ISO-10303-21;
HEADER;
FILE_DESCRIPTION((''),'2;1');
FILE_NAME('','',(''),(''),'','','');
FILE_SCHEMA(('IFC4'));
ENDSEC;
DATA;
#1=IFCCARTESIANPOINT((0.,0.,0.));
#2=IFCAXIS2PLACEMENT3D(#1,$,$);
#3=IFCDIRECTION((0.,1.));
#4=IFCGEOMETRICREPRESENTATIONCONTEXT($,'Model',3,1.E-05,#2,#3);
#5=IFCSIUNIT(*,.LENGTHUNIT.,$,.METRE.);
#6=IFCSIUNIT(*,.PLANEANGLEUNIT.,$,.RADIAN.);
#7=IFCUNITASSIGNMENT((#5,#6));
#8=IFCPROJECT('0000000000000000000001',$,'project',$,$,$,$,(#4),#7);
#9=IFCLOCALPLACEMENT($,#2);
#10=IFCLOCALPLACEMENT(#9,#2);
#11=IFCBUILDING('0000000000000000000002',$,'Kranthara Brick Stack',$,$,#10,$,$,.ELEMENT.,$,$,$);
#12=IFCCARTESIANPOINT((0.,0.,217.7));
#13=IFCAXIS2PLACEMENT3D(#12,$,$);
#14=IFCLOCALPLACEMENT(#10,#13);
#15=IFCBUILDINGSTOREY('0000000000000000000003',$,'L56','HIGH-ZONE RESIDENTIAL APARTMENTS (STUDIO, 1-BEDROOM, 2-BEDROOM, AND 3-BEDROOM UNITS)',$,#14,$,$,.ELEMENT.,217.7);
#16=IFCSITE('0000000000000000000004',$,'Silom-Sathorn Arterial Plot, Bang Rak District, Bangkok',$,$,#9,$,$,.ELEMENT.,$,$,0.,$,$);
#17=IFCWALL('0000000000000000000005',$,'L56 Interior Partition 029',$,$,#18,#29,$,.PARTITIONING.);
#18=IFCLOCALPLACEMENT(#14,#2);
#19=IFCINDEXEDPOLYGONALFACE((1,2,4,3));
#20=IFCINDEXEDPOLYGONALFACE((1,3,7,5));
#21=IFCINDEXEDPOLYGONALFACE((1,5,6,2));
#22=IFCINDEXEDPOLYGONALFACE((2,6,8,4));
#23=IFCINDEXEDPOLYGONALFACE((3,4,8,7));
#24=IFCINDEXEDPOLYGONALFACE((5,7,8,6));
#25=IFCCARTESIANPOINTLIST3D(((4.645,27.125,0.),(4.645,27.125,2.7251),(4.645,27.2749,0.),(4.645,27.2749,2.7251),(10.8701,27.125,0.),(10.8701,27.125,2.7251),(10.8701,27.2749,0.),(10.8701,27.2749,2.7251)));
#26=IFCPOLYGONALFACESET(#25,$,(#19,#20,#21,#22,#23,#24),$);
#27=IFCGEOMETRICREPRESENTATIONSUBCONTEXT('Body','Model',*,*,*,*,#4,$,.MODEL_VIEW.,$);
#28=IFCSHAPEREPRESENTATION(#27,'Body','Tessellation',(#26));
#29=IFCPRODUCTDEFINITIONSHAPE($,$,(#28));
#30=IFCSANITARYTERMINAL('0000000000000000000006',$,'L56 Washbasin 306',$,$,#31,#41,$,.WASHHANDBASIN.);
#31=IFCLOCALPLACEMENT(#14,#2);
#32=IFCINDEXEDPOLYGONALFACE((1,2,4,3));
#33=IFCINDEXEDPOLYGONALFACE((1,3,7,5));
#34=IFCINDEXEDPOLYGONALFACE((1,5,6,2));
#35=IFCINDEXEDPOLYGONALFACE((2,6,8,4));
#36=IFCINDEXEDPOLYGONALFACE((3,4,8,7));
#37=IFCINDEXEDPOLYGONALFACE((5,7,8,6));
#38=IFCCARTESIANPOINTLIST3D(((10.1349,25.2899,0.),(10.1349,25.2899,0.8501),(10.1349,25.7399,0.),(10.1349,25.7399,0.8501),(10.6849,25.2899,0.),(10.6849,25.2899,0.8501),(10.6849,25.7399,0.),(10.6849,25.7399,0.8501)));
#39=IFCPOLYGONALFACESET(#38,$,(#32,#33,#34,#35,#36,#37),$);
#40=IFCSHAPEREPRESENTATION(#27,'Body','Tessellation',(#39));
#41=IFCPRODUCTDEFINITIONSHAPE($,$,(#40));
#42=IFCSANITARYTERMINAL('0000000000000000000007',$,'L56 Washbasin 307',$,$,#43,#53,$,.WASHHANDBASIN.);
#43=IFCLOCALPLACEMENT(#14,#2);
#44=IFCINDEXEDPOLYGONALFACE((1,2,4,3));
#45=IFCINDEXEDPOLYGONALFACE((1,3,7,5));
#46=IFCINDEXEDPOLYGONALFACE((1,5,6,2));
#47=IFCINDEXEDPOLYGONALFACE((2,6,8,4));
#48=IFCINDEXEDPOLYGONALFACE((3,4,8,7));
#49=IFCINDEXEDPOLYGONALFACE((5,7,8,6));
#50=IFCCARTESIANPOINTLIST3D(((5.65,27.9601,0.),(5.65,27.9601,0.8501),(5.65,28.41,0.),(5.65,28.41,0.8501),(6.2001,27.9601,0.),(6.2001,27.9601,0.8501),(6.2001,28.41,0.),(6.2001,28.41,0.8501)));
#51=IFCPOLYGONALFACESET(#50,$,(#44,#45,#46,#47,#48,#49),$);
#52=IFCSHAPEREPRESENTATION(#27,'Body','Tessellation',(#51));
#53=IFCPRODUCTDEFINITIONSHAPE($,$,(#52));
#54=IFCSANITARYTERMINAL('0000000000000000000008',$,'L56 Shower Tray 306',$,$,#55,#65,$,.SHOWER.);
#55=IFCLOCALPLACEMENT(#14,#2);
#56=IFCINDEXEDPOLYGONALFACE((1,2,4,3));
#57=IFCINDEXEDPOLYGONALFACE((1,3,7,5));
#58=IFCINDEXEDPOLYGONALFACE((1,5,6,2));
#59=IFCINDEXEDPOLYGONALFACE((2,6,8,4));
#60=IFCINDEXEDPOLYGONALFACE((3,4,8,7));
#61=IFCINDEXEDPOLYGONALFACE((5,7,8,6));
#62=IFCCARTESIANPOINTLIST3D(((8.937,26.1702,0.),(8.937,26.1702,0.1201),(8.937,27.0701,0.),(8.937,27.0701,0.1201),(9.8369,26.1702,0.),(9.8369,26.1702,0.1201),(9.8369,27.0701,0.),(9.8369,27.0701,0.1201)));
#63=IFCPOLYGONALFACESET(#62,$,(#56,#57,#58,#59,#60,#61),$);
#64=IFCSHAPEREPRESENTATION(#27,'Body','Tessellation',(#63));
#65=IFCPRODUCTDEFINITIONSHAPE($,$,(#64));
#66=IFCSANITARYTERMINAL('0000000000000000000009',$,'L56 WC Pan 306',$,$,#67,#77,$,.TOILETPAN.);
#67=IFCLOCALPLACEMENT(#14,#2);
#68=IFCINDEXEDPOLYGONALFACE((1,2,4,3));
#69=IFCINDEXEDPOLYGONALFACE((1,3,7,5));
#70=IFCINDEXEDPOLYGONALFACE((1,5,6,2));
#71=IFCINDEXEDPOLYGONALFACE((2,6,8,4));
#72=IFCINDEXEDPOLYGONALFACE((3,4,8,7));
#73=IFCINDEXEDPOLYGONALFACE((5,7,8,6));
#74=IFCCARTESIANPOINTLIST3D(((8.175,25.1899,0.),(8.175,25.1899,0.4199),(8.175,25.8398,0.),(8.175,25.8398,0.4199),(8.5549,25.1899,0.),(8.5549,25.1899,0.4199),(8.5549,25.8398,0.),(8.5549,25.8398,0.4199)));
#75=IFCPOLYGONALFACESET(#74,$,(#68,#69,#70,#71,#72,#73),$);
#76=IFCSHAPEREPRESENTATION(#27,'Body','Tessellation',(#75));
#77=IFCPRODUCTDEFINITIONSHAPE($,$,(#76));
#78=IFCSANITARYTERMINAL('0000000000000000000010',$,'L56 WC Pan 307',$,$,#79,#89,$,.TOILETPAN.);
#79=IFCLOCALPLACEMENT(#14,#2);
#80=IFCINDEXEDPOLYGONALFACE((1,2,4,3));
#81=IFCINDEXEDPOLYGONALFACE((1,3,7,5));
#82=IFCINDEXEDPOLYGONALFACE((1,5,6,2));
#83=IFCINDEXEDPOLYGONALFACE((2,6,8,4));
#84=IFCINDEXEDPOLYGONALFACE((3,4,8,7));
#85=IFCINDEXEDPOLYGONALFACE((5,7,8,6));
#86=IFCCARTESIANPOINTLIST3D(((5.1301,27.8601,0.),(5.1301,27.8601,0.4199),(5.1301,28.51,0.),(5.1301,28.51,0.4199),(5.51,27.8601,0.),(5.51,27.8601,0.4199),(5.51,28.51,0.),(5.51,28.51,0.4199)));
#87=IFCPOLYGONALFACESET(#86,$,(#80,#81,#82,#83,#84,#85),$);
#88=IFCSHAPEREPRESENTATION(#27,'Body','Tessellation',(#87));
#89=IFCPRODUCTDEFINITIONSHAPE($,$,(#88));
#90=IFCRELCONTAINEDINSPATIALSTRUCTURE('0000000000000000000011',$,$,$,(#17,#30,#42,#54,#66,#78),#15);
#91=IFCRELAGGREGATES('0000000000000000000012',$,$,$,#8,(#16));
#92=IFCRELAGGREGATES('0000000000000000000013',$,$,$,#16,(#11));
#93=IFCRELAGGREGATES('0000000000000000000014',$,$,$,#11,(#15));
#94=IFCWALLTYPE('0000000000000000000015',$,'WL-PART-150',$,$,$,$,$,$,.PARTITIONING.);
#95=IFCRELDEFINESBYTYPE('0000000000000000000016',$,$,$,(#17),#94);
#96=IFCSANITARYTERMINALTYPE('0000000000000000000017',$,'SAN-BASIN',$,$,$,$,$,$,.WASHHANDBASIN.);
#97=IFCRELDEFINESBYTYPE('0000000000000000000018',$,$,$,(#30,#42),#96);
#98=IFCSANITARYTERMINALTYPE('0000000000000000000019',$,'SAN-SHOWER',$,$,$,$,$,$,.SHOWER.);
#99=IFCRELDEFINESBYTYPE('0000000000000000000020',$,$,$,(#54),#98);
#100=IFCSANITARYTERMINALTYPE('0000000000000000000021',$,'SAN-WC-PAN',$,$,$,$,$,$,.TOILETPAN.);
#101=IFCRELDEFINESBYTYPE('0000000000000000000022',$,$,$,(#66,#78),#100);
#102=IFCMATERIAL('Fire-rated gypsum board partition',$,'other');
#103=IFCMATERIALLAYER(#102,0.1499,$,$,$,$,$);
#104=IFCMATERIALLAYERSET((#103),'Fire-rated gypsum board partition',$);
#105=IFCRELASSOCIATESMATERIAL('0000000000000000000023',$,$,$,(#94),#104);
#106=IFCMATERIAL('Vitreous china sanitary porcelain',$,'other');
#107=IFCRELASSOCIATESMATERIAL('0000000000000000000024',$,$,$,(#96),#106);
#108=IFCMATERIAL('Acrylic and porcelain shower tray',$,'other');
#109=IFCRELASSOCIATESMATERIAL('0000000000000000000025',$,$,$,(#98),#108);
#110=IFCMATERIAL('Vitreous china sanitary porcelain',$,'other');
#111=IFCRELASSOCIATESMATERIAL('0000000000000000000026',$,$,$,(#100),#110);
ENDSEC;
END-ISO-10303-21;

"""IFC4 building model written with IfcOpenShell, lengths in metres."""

from ifc_helpers import new_model, si_unit, direction, frame, frame_2d, origin, origin_2d, place, context, subcontext, project, spatial, rectangle, extrude, material, layer, layer_set, type_object, element, save


model = new_model("IFC4")

# Units and contexts
model_context = context("Model", 3, precision=1e-05, world=origin(), true_north=direction((0.0, 1.0)))
body_context = subcontext(model_context, "Body", "Model", "MODEL_VIEW")
ifc_project = project(units=[si_unit("LENGTHUNIT", "METRE"), si_unit("PLANEANGLEUNIT", "RADIAN")], contexts=[model_context])

# Site, building, storey
site_placement = place(None, origin())
site = spatial("IfcSite", under=ifc_project, at=site_placement, Name="Silom-Sathorn Arterial Plot, Bang Rak District, Bangkok", CompositionType="ELEMENT", RefElevation=0.0)
building_placement = place(site_placement, origin())
building = spatial("IfcBuilding", under=site, at=building_placement, Name="Kranthara Brick Stack", CompositionType="ELEMENT")
storey_placement = place(building_placement, frame((0.0, 0.0, 217.7)))
storey = spatial("IfcBuildingStorey", under=building, at=storey_placement, Name="L56", Description="HIGH-ZONE RESIDENTIAL APARTMENTS (STUDIO, 1-BEDROOM, 2-BEDROOM, AND 3-BEDROOM UNITS)", CompositionType="ELEMENT", Elevation=217.7)

# Wall
ifc_material_1 = material(Name="Fire-rated gypsum board partition", Category="other")
ifc_layer_1 = layer(ifc_material_1, 0.1499)
ifc_layer_set_1 = layer_set([ifc_layer_1], Name="Fire-rated gypsum board partition")
wall_type_1 = type_object("IfcWallType", Name="WL-PART-150", PredefinedType="PARTITIONING", material=ifc_layer_set_1)
wall_1_placement = place(storey_placement, frame((4.645, 27.2, 0.0), z_axis=(0.0, 0.0, 1.0), x_axis=(1.0, 0.0, 0.0)))
element("IfcWall", 1, at=wall_1_placement, inside=storey, type_object=wall_type_1, Name="L56 Interior Partition 029", PredefinedType="PARTITIONING", context=body_context, shape_type="SweptSolid", body=[
    extrude(rectangle(XDim=6.2251, YDim=0.1499, at=frame_2d((3.1125, 0.0))), origin(), (0.0, 0.0, 1.0), 2.7251),
])

# Sanitary terminals
ifc_material_2 = material(Name="Vitreous china sanitary porcelain", Category="other")
sanitary_terminal_type_1 = type_object("IfcSanitaryTerminalType", Name="SAN-BASIN", PredefinedType="WASHHANDBASIN", material=ifc_material_2)
for number, where, z_axis, x_axis, name in (
    (2, (10.4099, 25.5149, 0.0), (0.0, 0.0, 1.0), (1.0, 0.0, 0.0), "L56 Washbasin 306"),
    (3, (5.925, 28.1851, 0.0), (0.0, 0.0, 1.0), (1.0, 0.0, 0.0), "L56 Washbasin 307"),
):
    element("IfcSanitaryTerminal", number, at=place(storey_placement, frame(where, z_axis=z_axis, x_axis=x_axis)), inside=storey, type_object=sanitary_terminal_type_1, Name=name, PredefinedType="WASHHANDBASIN", context=body_context, shape_type="SweptSolid", body=[
        extrude(rectangle(XDim=0.55, YDim=0.45, at=origin_2d()), origin(), (0.0, 0.0, 1.0), 0.8501),
    ])
ifc_material_3 = material(Name="Acrylic and porcelain shower tray", Category="other")
sanitary_terminal_type_2 = type_object("IfcSanitaryTerminalType", Name="SAN-SHOWER", PredefinedType="SHOWER", material=ifc_material_3)
sanitary_terminal_placement = place(storey_placement, frame((9.387, 26.6201, 0.0), z_axis=(0.0, 0.0, 1.0), x_axis=(1.0, 0.0, 0.0)))
element("IfcSanitaryTerminal", 4, at=sanitary_terminal_placement, inside=storey, type_object=sanitary_terminal_type_2, Name="L56 Shower Tray 306", PredefinedType="SHOWER", context=body_context, shape_type="SweptSolid", body=[
    extrude(rectangle(XDim=0.8999, YDim=0.8999, at=origin_2d()), origin(), (0.0, 0.0, 1.0), 0.1201),
])
ifc_material_4 = material(Name="Vitreous china sanitary porcelain", Category="other")
sanitary_terminal_type_3 = type_object("IfcSanitaryTerminalType", Name="SAN-WC-PAN", PredefinedType="TOILETPAN", material=ifc_material_4)
for number, where, z_axis, x_axis, name in (
    (5, (8.365, 25.5149, 0.0), (0.0, 0.0, 1.0), (1.0, 0.0, 0.0), "L56 WC Pan 306"),
    (6, (5.3201, 28.1851, 0.0), (0.0, 0.0, 1.0), (1.0, 0.0, 0.0), "L56 WC Pan 307"),
):
    element("IfcSanitaryTerminal", number, at=place(storey_placement, frame(where, z_axis=z_axis, x_axis=x_axis)), inside=storey, type_object=sanitary_terminal_type_3, Name=name, PredefinedType="TOILETPAN", context=body_context, shape_type="SweptSolid", body=[
        extrude(rectangle(XDim=0.3799, YDim=0.6499, at=origin_2d()), origin(), (0.0, 0.0, 1.0), 0.4199),
    ])

save(model, "model.ifc")
